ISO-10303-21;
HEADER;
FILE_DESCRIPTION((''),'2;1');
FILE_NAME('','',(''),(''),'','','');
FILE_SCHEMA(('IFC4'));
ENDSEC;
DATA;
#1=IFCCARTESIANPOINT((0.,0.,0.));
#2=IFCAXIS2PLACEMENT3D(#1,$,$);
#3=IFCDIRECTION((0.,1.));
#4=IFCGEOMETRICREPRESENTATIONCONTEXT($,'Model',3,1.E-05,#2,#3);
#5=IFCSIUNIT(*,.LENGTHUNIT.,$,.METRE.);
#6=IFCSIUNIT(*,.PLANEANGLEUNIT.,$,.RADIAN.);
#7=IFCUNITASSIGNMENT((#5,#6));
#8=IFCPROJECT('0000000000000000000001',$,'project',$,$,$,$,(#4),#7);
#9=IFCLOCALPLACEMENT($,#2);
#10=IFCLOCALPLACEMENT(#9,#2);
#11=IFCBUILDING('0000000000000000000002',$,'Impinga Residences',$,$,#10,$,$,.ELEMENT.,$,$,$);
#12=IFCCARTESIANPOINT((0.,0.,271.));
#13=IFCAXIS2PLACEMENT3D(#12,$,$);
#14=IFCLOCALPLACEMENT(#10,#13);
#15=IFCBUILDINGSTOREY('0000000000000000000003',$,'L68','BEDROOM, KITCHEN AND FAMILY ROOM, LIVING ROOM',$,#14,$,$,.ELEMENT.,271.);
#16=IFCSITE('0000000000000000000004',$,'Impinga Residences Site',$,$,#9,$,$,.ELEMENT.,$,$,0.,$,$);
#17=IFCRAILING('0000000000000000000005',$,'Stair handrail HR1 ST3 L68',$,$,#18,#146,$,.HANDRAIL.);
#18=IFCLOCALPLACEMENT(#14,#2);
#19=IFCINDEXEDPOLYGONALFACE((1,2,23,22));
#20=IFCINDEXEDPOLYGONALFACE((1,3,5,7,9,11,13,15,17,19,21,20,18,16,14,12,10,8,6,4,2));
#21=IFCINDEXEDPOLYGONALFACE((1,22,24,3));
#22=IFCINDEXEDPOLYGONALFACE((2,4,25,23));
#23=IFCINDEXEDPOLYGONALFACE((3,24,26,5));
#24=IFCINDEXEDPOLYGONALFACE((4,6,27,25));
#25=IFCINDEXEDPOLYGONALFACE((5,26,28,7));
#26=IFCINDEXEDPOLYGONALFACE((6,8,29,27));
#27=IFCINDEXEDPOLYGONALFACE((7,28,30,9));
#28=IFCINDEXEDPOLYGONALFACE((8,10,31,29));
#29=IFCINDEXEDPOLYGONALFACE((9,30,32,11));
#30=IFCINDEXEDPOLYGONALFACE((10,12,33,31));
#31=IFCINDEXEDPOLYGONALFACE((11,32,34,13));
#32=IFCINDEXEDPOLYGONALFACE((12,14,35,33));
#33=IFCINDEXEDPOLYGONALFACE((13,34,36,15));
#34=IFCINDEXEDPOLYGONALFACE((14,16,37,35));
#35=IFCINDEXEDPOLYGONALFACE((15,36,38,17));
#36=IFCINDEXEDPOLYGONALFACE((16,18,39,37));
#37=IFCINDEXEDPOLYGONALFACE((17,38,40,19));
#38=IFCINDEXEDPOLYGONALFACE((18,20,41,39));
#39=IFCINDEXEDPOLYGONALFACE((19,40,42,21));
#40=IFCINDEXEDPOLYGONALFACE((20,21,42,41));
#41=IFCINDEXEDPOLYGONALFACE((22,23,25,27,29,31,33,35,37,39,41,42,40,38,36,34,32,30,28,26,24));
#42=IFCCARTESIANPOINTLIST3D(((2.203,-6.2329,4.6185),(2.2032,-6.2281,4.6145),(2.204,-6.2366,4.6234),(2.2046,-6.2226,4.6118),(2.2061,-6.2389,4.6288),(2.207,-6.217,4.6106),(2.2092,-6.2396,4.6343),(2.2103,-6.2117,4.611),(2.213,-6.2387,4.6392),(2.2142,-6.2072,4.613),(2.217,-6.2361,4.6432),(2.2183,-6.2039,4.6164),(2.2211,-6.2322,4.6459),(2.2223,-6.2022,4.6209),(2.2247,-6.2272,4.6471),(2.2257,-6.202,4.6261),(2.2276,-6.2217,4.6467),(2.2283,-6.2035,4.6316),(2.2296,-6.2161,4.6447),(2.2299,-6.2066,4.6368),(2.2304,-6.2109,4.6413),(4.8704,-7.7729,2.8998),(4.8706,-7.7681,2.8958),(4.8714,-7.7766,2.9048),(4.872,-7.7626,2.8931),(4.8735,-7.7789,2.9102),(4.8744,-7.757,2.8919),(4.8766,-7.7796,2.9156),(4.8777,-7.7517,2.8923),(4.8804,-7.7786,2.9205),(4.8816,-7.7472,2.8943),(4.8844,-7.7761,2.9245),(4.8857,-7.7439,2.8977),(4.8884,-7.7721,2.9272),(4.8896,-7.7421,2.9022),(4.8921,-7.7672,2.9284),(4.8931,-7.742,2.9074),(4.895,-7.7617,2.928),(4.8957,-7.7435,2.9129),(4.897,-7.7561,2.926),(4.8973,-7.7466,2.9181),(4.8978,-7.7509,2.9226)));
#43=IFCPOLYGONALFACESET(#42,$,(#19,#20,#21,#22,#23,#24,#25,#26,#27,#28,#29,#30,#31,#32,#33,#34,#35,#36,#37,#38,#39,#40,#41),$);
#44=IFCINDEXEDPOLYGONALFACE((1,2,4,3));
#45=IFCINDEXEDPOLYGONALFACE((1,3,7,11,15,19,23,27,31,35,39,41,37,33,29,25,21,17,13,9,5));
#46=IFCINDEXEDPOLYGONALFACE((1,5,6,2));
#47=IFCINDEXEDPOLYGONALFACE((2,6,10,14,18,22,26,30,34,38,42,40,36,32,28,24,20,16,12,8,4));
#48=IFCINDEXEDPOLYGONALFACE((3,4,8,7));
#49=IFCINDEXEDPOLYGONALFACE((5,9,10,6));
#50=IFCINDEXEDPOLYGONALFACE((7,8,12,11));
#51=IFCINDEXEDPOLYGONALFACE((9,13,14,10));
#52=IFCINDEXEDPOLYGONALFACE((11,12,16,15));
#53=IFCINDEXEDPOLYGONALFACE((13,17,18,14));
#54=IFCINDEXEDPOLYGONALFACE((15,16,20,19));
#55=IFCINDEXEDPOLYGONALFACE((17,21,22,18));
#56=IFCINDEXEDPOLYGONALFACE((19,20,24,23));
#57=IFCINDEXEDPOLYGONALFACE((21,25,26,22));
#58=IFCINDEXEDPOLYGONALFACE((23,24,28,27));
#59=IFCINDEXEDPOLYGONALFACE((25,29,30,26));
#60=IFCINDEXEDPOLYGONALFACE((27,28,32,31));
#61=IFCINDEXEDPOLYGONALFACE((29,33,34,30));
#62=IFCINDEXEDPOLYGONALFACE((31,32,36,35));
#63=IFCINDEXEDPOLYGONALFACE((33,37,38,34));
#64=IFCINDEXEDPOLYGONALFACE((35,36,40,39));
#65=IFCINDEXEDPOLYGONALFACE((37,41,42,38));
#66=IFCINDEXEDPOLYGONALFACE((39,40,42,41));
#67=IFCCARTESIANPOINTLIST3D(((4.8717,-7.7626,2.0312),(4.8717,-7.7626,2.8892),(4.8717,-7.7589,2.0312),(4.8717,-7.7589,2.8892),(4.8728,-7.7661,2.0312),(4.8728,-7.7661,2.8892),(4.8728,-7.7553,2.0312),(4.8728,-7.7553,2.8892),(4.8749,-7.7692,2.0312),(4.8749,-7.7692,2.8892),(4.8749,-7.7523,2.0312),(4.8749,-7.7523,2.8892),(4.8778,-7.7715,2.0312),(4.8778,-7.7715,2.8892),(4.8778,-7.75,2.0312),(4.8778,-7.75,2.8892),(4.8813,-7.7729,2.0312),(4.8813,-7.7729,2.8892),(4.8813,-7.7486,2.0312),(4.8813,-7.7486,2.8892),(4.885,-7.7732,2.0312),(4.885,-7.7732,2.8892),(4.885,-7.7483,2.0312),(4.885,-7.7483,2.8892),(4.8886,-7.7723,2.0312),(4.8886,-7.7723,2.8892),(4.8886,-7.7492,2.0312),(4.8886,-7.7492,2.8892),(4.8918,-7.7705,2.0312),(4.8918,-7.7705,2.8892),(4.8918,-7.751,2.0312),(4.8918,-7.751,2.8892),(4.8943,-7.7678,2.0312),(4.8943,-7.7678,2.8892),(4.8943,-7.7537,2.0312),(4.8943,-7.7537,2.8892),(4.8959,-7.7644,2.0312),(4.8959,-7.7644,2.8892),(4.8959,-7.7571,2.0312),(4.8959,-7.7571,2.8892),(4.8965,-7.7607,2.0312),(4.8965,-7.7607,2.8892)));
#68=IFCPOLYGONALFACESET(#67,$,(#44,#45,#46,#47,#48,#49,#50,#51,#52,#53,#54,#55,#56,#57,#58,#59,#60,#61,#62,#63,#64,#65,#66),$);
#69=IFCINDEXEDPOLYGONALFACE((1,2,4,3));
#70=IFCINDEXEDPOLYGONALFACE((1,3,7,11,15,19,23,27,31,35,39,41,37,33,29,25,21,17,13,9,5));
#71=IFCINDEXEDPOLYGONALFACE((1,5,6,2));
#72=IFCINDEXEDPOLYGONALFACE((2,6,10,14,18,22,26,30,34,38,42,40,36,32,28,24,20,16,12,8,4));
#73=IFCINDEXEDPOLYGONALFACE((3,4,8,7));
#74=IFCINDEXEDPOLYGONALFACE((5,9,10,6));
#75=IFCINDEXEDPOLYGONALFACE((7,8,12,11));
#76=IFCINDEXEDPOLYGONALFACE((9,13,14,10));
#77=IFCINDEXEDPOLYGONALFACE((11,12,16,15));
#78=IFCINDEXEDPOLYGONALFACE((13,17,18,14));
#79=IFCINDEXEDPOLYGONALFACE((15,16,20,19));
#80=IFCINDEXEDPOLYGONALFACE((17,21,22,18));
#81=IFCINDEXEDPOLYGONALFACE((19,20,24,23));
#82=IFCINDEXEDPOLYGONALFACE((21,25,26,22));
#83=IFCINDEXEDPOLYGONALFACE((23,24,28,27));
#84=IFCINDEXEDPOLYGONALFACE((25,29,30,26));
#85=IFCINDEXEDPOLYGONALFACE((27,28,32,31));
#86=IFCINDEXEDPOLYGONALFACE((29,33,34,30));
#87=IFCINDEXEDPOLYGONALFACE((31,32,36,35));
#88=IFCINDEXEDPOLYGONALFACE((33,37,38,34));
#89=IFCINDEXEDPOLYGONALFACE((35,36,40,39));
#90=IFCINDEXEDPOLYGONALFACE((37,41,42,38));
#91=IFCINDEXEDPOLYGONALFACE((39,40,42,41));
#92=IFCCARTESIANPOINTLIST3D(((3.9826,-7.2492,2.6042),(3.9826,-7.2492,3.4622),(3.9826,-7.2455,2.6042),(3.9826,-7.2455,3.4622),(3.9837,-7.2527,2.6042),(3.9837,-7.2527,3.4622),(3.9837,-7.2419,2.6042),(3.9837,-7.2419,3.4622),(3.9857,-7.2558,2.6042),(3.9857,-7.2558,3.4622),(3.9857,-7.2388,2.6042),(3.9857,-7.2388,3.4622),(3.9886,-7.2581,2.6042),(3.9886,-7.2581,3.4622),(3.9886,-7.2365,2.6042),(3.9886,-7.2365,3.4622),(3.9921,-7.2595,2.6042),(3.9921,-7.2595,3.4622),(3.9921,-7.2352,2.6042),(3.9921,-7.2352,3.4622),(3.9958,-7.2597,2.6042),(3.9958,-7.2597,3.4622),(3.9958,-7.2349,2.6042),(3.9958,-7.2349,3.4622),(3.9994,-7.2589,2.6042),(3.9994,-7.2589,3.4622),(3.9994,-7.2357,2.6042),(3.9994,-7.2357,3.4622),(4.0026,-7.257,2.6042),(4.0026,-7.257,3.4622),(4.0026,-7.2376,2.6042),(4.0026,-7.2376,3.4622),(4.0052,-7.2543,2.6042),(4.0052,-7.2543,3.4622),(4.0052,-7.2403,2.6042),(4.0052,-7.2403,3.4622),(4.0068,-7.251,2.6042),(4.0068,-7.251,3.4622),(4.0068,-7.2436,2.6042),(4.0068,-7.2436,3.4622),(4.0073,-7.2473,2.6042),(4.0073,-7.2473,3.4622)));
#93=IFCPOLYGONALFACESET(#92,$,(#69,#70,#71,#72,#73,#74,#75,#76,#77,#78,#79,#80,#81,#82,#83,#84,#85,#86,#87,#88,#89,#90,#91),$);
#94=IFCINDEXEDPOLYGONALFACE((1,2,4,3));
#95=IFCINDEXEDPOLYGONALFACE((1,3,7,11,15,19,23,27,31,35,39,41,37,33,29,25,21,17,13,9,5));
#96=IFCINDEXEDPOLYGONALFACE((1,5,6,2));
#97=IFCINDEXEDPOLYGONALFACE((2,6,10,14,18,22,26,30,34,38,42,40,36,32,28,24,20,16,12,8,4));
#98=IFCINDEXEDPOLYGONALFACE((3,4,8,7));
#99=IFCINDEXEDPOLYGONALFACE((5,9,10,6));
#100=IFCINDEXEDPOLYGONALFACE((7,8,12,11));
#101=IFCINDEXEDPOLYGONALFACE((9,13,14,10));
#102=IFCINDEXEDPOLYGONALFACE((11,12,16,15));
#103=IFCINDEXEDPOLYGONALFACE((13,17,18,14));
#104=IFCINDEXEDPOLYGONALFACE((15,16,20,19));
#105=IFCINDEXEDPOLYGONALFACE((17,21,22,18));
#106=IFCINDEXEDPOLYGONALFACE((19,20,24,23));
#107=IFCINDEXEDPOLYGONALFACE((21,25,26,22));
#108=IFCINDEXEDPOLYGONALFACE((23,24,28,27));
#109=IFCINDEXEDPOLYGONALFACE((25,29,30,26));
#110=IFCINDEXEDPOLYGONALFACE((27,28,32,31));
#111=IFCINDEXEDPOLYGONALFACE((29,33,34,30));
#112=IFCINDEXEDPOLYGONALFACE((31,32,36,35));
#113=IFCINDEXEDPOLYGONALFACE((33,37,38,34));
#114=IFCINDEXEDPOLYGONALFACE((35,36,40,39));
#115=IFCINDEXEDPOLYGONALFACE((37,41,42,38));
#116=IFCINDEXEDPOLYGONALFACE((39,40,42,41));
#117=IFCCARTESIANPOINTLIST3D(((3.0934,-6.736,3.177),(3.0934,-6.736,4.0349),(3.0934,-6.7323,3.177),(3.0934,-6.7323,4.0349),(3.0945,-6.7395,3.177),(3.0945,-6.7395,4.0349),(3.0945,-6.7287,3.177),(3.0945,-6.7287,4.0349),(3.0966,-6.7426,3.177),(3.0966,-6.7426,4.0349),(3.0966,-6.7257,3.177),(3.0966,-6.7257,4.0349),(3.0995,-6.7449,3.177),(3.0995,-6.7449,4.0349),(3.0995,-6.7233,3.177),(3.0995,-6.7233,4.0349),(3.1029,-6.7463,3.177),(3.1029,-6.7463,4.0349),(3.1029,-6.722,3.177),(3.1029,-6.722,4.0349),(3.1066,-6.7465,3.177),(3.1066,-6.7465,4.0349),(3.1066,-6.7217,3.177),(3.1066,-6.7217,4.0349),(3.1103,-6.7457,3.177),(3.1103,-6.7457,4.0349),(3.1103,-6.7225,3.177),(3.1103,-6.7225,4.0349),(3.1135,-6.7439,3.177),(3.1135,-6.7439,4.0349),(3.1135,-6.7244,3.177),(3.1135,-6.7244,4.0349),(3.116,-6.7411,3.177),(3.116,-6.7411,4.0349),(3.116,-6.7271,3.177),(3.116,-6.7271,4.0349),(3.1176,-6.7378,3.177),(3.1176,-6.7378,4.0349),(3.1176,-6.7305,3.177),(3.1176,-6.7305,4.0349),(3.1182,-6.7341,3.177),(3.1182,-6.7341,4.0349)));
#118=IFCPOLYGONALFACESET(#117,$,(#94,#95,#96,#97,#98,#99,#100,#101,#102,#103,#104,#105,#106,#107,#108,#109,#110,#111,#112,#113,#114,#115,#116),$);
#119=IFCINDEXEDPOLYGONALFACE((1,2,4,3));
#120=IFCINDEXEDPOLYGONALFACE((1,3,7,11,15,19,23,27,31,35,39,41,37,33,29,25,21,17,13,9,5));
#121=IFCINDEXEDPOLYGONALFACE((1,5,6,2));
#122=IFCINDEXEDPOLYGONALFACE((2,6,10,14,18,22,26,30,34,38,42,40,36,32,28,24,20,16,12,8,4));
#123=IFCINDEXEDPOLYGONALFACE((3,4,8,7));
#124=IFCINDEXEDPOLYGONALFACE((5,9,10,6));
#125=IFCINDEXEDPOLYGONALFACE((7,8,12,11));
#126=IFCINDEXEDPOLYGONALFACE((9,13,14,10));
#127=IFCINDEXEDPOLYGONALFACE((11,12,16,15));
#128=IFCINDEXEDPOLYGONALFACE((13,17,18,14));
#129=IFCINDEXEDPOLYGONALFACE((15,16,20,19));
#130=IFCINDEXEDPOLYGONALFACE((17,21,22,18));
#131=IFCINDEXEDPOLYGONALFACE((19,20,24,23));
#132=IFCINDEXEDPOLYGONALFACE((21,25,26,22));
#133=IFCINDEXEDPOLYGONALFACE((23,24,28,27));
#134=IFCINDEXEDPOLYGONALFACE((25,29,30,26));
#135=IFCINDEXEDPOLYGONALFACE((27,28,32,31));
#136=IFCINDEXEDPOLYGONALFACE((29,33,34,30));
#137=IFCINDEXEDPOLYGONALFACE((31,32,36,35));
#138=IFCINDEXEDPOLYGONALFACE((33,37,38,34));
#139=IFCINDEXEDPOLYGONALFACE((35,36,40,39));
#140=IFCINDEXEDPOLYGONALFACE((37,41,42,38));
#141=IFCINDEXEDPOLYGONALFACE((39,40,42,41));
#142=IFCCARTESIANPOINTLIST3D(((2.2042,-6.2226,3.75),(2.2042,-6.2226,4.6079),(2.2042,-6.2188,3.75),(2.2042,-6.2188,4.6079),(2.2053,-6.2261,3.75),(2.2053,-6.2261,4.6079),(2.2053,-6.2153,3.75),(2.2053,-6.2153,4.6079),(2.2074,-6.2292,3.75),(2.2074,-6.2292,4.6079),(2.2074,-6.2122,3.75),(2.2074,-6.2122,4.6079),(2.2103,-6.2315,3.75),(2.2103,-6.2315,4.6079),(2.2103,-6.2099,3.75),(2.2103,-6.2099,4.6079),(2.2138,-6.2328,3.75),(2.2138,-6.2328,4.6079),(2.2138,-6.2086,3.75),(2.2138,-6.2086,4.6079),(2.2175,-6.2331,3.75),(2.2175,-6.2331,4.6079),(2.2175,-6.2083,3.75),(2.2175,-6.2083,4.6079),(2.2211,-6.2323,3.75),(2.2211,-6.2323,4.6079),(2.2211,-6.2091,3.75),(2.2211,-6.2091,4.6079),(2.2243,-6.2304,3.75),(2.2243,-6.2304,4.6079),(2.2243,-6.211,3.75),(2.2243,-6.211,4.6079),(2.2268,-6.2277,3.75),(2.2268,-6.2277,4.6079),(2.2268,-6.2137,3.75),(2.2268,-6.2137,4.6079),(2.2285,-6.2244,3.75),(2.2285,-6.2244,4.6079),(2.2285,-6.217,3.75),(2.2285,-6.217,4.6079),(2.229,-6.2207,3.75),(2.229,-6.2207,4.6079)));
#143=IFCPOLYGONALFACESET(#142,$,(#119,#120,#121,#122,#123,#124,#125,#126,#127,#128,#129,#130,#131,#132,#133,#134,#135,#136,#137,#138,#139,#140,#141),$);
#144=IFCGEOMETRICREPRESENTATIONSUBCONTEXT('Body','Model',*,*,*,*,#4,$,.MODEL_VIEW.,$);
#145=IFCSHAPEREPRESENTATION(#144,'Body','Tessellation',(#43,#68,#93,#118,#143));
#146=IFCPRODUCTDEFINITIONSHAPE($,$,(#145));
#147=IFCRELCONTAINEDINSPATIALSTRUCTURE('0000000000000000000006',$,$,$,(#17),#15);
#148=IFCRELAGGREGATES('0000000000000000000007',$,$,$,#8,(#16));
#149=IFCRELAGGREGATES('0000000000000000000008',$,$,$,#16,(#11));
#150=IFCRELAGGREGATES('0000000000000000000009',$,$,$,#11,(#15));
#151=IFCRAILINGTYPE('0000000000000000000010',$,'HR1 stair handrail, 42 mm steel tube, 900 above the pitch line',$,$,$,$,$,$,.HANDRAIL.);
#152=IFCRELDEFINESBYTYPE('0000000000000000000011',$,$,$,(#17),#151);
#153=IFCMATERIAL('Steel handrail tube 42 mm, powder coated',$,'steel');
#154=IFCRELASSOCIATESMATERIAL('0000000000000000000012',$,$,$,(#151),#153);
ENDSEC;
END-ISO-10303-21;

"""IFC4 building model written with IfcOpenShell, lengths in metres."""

from ifc_helpers import new_model, si_unit, direction, frame, origin, origin_2d, place, context, subcontext, project, spatial, circle, extrude, material, type_object, element, save


model = new_model("IFC4")

# Units and contexts
model_context = context("Model", 3, precision=1e-05, world=origin(), true_north=direction((0.0, 1.0)))
body_context = subcontext(model_context, "Body", "Model", "MODEL_VIEW")
ifc_project = project(units=[si_unit("LENGTHUNIT", "METRE"), si_unit("PLANEANGLEUNIT", "RADIAN")], contexts=[model_context])

# Site, building, storey
site_placement = place(None, origin())
site = spatial("IfcSite", under=ifc_project, at=site_placement, Name="Impinga Residences Site", CompositionType="ELEMENT", RefElevation=0.0)
building_placement = place(site_placement, origin())
building = spatial("IfcBuilding", under=site, at=building_placement, Name="Impinga Residences", CompositionType="ELEMENT")
storey_placement = place(building_placement, frame((0.0, 0.0, 271.0)))
storey = spatial("IfcBuildingStorey", under=building, at=storey_placement, Name="L68", Description="BEDROOM, KITCHEN AND FAMILY ROOM, LIVING ROOM", CompositionType="ELEMENT", Elevation=271.0)

# Railing
ifc_material_1 = material(Name="Steel handrail tube 42 mm, powder coated", Category="steel")
railing_type_1 = type_object("IfcRailingType", Name="HR1 stair handrail, 42 mm steel tube, 900 above the pitch line", PredefinedType="HANDRAIL", material=ifc_material_1)
railing_1_placement = place(storey_placement, frame((4.884, -7.7607, 2.0312)))
element("IfcRailing", 1, at=railing_1_placement, inside=storey, type_object=railing_type_1, Name="Stair handrail HR1 ST3 L68", PredefinedType="HANDRAIL", context=body_context, shape_type="SweptSolid", body=[
    extrude(circle(Radius=0.021, at=origin_2d()), frame((0.0, 0.0, 0.8789), z_axis=(-0.756256, 0.436616, 0.487282), x_axis=(-0.499992, -0.86603, 0.0)), (0.0, 0.0, 1.0), 3.5271),
    extrude(circle(Radius=0.0125, at=origin_2d()), origin(), (0.0, 0.0, 1.0), 0.8579),
    extrude(circle(Radius=0.0125, at=origin_2d()), frame((-0.8892, 0.5134, 0.573)), (0.0, 0.0, 1.0), 0.8579),
    extrude(circle(Radius=0.0125, at=origin_2d()), frame((-1.7783, 1.0266, 1.1458)), (0.0, 0.0, 1.0), 0.8579),
    extrude(circle(Radius=0.0125, at=origin_2d()), frame((-2.6675, 1.54, 1.7188)), (0.0, 0.0, 1.0), 0.8579),
])

save(model, "model.ifc")
